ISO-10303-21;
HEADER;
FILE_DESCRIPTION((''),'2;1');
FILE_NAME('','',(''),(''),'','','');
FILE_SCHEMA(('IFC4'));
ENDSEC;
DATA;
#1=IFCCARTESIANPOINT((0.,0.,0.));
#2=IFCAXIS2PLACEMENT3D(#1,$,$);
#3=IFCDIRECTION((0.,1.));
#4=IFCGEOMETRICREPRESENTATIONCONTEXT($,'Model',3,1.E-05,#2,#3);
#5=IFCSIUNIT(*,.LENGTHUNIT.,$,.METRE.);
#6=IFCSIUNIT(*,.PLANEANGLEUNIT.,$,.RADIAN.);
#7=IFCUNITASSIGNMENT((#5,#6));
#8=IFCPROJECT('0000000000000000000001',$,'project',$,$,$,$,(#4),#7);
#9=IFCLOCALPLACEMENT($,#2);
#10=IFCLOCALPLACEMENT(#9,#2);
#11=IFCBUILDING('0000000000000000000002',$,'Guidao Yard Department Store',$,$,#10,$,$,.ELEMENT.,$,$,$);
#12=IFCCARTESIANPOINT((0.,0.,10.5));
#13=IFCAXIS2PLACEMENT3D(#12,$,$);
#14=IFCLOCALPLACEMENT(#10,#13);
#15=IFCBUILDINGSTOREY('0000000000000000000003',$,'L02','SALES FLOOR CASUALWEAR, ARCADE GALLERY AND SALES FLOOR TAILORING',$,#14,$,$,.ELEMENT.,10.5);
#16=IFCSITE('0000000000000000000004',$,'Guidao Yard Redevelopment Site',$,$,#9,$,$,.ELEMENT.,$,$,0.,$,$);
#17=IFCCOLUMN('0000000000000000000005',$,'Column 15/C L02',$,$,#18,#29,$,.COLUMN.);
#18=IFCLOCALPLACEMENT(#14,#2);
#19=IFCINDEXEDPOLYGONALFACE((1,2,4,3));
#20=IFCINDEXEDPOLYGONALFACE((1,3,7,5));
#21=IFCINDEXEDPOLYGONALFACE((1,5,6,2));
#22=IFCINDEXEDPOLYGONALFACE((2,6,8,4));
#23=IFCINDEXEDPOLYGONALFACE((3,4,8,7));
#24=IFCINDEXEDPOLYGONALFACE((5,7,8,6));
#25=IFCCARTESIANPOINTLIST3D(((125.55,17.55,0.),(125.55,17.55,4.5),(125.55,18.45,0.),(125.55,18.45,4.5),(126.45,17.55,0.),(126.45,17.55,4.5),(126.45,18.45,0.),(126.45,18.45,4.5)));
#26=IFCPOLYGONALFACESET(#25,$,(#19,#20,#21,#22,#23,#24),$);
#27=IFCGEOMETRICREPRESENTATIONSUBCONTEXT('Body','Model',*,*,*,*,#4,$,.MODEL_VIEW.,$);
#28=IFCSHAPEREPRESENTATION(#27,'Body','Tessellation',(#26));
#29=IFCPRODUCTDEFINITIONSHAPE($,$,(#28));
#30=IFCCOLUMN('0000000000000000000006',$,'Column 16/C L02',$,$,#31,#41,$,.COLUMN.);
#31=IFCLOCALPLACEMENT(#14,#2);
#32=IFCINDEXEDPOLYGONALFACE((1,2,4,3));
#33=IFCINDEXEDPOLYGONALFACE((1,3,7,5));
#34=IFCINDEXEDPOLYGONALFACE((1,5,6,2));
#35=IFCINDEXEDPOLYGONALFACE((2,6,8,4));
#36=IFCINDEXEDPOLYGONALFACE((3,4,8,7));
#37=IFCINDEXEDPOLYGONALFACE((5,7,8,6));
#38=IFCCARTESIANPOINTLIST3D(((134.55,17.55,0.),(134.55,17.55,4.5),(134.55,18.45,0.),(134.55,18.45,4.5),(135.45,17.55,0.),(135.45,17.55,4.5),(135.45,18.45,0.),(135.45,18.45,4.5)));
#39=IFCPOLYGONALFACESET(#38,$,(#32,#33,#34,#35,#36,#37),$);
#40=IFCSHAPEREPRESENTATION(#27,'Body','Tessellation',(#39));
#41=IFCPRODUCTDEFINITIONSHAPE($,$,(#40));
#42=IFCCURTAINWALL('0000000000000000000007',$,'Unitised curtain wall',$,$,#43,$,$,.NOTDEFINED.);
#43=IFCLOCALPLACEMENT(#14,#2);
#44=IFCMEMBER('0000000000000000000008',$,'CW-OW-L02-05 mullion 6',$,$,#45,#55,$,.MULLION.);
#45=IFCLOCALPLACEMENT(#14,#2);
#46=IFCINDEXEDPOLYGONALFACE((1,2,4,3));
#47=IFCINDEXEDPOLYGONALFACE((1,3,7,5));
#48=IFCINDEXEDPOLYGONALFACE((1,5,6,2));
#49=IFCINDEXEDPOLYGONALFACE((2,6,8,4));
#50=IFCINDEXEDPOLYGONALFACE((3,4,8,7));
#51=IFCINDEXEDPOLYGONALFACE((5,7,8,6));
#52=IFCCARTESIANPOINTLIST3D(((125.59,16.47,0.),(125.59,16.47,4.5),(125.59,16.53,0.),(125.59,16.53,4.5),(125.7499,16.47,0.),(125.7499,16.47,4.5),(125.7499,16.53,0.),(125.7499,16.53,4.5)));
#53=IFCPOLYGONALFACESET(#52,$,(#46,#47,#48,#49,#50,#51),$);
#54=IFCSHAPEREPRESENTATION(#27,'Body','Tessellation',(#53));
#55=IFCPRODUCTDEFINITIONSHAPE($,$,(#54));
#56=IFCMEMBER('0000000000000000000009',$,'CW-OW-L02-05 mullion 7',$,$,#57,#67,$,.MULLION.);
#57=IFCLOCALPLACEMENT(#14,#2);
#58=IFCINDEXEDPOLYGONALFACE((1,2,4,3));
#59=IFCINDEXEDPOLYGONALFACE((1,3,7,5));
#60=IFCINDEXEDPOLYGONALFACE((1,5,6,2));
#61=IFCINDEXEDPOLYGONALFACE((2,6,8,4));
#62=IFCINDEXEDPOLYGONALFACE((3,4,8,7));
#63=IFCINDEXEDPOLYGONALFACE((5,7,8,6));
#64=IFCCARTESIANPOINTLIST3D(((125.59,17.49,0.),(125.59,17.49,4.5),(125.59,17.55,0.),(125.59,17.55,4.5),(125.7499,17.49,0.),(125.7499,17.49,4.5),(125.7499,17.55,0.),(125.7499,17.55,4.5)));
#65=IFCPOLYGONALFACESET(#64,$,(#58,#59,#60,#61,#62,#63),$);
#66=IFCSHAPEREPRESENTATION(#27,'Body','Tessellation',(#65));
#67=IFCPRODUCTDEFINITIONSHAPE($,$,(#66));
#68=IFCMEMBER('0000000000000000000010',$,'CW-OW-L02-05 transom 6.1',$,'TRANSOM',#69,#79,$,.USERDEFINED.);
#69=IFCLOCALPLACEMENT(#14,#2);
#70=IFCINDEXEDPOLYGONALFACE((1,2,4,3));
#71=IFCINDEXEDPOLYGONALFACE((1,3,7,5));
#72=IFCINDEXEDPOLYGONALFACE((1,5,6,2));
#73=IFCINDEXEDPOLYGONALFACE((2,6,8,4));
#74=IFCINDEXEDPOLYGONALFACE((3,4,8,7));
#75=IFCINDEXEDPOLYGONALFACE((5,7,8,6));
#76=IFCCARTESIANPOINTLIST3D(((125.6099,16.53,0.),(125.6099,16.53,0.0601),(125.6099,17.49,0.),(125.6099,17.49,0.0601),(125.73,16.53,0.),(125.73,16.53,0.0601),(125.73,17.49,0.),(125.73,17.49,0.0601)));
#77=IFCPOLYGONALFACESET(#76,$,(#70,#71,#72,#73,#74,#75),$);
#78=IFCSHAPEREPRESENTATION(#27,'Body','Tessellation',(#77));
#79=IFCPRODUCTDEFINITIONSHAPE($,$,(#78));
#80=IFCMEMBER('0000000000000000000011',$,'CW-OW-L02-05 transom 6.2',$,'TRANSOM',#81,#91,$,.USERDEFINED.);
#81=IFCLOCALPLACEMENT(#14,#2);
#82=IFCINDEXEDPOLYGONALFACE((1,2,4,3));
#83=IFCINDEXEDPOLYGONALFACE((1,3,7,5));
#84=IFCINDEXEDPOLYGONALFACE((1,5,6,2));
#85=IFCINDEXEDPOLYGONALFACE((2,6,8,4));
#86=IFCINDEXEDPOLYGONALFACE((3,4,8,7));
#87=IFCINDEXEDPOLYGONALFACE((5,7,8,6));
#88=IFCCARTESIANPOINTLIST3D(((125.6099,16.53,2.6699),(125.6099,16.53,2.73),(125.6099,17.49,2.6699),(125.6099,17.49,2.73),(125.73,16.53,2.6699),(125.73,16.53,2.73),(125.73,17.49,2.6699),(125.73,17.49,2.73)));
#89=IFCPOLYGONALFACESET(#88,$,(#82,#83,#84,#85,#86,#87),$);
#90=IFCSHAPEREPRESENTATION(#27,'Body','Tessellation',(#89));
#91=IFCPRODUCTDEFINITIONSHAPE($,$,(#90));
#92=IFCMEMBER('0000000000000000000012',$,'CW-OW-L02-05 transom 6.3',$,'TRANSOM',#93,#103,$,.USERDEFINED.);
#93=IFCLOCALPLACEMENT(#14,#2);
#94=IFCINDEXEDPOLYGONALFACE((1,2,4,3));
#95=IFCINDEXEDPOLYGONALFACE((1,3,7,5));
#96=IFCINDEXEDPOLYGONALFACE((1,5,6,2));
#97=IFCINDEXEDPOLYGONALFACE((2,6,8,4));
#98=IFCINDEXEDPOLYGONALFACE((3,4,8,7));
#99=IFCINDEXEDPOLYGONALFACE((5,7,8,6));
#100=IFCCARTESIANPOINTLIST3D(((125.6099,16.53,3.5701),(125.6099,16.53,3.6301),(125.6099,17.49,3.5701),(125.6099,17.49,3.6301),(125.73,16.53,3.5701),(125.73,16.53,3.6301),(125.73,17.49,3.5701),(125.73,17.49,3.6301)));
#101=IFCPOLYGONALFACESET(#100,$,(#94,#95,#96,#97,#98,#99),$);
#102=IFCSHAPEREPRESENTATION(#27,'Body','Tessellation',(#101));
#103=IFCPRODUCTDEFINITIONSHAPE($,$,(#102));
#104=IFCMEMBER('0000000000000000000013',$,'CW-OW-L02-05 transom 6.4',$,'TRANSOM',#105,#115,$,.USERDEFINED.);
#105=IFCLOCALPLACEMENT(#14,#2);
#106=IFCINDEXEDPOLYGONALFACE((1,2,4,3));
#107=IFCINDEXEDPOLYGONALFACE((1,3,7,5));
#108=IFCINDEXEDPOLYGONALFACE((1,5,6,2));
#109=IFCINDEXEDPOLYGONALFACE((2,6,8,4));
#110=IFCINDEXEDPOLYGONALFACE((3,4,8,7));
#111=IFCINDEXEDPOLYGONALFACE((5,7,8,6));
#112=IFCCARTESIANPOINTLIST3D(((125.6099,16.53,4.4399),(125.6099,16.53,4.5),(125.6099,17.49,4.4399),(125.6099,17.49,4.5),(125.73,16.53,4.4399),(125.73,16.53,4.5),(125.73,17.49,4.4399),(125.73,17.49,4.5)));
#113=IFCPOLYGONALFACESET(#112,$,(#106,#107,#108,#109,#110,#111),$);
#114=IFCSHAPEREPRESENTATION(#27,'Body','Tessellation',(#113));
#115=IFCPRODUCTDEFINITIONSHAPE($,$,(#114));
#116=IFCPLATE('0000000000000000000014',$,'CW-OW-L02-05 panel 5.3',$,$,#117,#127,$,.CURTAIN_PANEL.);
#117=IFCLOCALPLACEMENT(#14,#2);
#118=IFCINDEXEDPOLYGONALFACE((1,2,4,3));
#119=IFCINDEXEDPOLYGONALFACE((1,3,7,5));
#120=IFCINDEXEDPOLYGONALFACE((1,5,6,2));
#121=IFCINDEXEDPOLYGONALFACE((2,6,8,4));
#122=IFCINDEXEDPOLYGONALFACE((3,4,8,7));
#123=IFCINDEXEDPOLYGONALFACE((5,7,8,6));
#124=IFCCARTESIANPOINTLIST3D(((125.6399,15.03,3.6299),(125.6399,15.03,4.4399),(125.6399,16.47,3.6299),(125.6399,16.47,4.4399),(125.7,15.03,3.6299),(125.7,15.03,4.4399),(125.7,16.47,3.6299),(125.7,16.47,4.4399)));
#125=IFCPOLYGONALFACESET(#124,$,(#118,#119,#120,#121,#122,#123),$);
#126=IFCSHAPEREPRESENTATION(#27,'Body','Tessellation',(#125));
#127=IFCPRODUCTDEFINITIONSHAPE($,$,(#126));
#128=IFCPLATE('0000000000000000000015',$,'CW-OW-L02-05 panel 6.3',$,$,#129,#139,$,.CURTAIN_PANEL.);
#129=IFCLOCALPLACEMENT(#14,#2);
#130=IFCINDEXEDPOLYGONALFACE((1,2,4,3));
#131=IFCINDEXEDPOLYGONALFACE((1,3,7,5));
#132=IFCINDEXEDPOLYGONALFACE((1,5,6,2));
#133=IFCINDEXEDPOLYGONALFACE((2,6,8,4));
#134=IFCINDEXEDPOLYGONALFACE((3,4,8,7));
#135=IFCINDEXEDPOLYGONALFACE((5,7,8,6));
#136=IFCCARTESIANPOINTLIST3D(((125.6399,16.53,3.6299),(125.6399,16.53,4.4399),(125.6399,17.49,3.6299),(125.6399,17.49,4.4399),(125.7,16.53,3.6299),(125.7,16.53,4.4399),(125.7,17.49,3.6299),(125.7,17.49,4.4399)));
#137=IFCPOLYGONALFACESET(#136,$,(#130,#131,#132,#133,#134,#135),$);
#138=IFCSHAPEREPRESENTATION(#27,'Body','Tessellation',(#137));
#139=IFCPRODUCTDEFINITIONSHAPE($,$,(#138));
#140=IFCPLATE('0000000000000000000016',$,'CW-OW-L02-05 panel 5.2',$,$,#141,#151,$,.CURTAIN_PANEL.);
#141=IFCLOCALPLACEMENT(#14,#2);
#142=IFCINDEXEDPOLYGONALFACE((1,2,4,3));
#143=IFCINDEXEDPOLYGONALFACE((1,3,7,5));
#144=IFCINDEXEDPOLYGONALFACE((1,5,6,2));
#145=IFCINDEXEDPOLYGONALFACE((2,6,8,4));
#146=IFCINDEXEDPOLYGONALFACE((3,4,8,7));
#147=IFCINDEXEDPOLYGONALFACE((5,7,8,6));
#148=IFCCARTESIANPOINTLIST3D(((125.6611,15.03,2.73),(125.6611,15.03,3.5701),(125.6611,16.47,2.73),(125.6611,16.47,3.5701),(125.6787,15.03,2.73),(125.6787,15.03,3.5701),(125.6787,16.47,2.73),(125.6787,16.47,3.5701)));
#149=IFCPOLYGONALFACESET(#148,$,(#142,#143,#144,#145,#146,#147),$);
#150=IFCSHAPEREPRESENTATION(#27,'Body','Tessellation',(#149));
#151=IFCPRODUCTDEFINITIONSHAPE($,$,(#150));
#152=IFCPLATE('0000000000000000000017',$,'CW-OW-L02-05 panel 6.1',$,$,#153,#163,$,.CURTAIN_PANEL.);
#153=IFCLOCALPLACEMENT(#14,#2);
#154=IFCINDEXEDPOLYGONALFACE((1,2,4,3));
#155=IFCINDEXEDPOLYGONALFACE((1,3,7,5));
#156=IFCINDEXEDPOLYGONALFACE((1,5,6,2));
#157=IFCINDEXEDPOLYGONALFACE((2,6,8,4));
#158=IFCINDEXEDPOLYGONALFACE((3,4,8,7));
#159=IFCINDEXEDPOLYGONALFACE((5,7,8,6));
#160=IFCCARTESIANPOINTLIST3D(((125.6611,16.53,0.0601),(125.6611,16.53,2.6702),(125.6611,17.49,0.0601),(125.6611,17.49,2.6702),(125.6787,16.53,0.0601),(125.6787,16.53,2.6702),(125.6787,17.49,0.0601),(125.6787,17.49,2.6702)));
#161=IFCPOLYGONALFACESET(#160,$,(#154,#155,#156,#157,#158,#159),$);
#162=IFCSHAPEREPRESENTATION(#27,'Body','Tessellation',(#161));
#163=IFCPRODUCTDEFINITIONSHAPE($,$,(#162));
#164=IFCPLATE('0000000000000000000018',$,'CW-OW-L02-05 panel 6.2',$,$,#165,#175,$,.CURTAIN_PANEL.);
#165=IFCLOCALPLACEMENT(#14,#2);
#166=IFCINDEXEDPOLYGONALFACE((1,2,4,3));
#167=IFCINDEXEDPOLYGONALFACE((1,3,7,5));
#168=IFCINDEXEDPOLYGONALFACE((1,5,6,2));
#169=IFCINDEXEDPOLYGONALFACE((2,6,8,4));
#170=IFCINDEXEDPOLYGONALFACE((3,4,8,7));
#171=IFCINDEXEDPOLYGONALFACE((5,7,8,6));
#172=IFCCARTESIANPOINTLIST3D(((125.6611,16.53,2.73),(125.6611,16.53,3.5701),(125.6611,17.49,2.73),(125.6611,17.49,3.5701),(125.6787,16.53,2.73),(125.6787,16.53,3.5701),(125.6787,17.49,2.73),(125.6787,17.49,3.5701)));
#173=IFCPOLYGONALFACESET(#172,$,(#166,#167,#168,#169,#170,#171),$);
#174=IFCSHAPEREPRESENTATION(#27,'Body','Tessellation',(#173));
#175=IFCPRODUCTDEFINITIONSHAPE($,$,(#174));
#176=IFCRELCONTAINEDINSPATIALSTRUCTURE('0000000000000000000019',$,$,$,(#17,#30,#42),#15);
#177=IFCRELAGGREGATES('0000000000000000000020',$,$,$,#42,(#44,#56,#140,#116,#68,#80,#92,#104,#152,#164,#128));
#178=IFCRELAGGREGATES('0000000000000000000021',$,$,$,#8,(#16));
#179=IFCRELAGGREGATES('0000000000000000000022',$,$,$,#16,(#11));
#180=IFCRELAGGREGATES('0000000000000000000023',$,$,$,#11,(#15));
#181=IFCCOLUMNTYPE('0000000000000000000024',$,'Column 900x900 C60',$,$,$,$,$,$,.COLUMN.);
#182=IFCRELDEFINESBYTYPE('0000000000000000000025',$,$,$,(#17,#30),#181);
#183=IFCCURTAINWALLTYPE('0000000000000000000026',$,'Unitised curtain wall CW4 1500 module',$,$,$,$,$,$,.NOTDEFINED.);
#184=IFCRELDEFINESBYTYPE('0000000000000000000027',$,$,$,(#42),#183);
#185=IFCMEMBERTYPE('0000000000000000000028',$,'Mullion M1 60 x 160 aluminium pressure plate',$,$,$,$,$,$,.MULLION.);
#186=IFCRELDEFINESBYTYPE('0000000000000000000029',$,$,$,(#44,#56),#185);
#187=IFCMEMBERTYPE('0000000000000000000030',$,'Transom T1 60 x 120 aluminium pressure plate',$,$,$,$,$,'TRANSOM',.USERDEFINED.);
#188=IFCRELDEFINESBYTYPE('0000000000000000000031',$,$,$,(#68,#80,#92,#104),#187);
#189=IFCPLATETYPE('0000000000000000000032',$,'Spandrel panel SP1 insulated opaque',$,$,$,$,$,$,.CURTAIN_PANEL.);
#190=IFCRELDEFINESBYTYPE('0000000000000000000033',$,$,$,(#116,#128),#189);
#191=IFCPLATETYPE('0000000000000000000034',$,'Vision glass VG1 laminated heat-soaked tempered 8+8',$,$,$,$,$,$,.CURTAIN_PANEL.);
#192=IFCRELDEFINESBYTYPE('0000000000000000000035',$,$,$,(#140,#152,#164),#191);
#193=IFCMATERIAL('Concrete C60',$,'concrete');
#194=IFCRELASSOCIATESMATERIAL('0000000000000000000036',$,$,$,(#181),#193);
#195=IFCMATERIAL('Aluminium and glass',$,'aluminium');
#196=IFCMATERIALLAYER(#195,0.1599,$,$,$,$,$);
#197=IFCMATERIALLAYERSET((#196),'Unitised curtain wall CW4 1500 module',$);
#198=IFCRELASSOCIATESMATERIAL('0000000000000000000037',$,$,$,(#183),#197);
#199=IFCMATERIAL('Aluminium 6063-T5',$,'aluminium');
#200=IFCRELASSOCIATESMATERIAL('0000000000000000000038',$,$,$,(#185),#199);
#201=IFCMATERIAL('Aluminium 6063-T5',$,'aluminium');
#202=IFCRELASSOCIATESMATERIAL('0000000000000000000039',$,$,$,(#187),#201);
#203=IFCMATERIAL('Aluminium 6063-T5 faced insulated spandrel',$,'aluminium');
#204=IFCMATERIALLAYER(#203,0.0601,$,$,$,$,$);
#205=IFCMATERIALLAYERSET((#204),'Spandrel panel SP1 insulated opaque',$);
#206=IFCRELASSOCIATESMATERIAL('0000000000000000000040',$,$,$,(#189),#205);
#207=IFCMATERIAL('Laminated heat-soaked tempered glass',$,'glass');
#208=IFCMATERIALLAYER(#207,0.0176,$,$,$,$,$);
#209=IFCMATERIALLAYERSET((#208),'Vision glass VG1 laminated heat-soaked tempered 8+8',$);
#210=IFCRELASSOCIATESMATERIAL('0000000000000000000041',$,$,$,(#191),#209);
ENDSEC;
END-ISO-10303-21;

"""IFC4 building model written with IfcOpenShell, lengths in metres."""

from ifc_helpers import new_model, si_unit, direction, frame, origin, origin_2d, place, context, subcontext, project, spatial, rectangle, extrude, material, layer, layer_set, material_profile, profile_set, type_object, element, aggregate, save


model = new_model("IFC4")

# Units and contexts
model_context = context("Model", 3, precision=1e-05, world=origin(), true_north=direction((0.0, 1.0)))
body_context = subcontext(model_context, "Body", "Model", "MODEL_VIEW")
ifc_project = project(units=[si_unit("LENGTHUNIT", "METRE"), si_unit("PLANEANGLEUNIT", "RADIAN")], contexts=[model_context])

# Site, building, storey
site_placement = place(None, origin())
site = spatial("IfcSite", under=ifc_project, at=site_placement, Name="Guidao Yard Redevelopment Site", CompositionType="ELEMENT", RefElevation=0.0)
building_placement = place(site_placement, origin())
building = spatial("IfcBuilding", under=site, at=building_placement, Name="Guidao Yard Department Store", CompositionType="ELEMENT")
storey_placement = place(building_placement, frame((0.0, 0.0, 10.5)))
storey = spatial("IfcBuildingStorey", under=building, at=storey_placement, Name="L02", Description="SALES FLOOR CASUALWEAR, ARCADE GALLERY AND SALES FLOOR TAILORING", CompositionType="ELEMENT", Elevation=10.5)

# Columns
ifc_material_1 = material(Name="Concrete C60", Category="concrete")
ifc_material_profile_1 = material_profile(ifc_material_1, rectangle(XDim=0.8999, YDim=0.8999, at=origin_2d()), Name="COL 900x900")
ifc_profile_set_1 = profile_set([ifc_material_profile_1], Name="Concrete C60")
column_type = type_object("IfcColumnType", Name="Column 900x900 C60", PredefinedType="COLUMN", material=ifc_profile_set_1)
for number, where, z_axis, x_axis, name in (
    (1, (126.0, 18.0, 0.0), (0.0, 0.0, 1.0), (1.0, 0.0, 0.0), "Column 15/C L02"),
    (2, (135.0, 18.0, 0.0), (0.0, 0.0, 1.0), (1.0, 0.0, 0.0), "Column 16/C L02"),
):
    element("IfcColumn", number, at=place(storey_placement, frame(where, z_axis=z_axis, x_axis=x_axis)), inside=storey, type_object=column_type, Name=name, PredefinedType="COLUMN", context=body_context, shape_type="SweptSolid", body=[
        extrude(rectangle(XDim=0.8999, YDim=0.8999, at=origin_2d()), origin(), (0.0, 0.0, 1.0), 4.5),
    ])

# Curtain wall, members, plates
ifc_material_2 = material(Name="Aluminium and glass", Category="aluminium")
ifc_layer_1 = layer(ifc_material_2, 0.1599)
ifc_layer_set_1 = layer_set([ifc_layer_1], Name="Unitised curtain wall CW4 1500 module")
curtain_wall_type = type_object("IfcCurtainWallType", Name="Unitised curtain wall CW4 1500 module", PredefinedType="NOTDEFINED", material=ifc_layer_set_1)
curtain_wall_placement = place(storey_placement, origin())
curtain_wall = element("IfcCurtainWall", 3, at=curtain_wall_placement, inside=storey, type_object=curtain_wall_type, Name="Unitised curtain wall", PredefinedType="NOTDEFINED")
ifc_material_3 = material(Name="Aluminium 6063-T5", Category="aluminium")
ifc_material_profile_2 = material_profile(ifc_material_3, rectangle(XDim=0.0601, YDim=0.1599, at=origin_2d()), Name="Mullion M1 60 x 160 aluminium pressure plate")
ifc_profile_set_2 = profile_set([ifc_material_profile_2], Name="Aluminium 6063-T5")
member_type_1 = type_object("IfcMemberType", Name="Mullion M1 60 x 160 aluminium pressure plate", PredefinedType="MULLION", material=ifc_profile_set_2)
member_1_placement = place(storey_placement, frame((125.6699, 16.5, 0.0), z_axis=(0.0, 0.0, 1.0), x_axis=(0.0, 1.0, 0.0)))
member_1 = element("IfcMember", 4, at=member_1_placement, type_object=member_type_1, Name="CW-OW-L02-05 mullion 6", PredefinedType="MULLION", context=body_context, shape_type="SweptSolid", body=[
    extrude(rectangle(XDim=0.0601, YDim=0.1599, at=origin_2d()), origin(), (0.0, 0.0, 1.0), 4.5),
])
member_2_placement = place(storey_placement, frame((125.6699, 17.52, 0.0), z_axis=(0.0, 0.0, 1.0), x_axis=(0.0, 1.0, 0.0)))
member_2 = element("IfcMember", 5, at=member_2_placement, type_object=member_type_1, Name="CW-OW-L02-05 mullion 7", PredefinedType="MULLION", context=body_context, shape_type="SweptSolid", body=[
    extrude(rectangle(XDim=0.0601, YDim=0.1599, at=origin_2d()), origin(), (0.0, 0.0, 1.0), 4.5),
])
ifc_material_4 = material(Name="Aluminium 6063-T5", Category="aluminium")
ifc_material_profile_3 = material_profile(ifc_material_4, rectangle(XDim=0.1201, YDim=0.0601, at=origin_2d()), Name="Transom T1 60 x 120 aluminium pressure plate")
ifc_profile_set_3 = profile_set([ifc_material_profile_3], Name="Aluminium 6063-T5")
member_type_2 = type_object("IfcMemberType", Name="Transom T1 60 x 120 aluminium pressure plate", ElementType="TRANSOM", PredefinedType="USERDEFINED", material=ifc_profile_set_3)
member_3_placement = place(storey_placement, frame((125.6699, 16.53, 0.03), z_axis=(0.0, 1.0, 0.0), x_axis=(-1.0, 0.0, 0.0)))
member_3 = element("IfcMember", 6, at=member_3_placement, type_object=member_type_2, Name="CW-OW-L02-05 transom 6.1", ObjectType="TRANSOM", PredefinedType="USERDEFINED", context=body_context, shape_type="SweptSolid", body=[
    extrude(rectangle(XDim=0.1201, YDim=0.0601, at=origin_2d()), origin(), (0.0, 0.0, 1.0), 0.96),
])
member_4_placement = place(storey_placement, frame((125.6699, 16.53, 2.7), z_axis=(0.0, 1.0, 0.0), x_axis=(-1.0, 0.0, 0.0)))
member_4 = element("IfcMember", 7, at=member_4_placement, type_object=member_type_2, Name="CW-OW-L02-05 transom 6.2", ObjectType="TRANSOM", PredefinedType="USERDEFINED", context=body_context, shape_type="SweptSolid", body=[
    extrude(rectangle(XDim=0.1201, YDim=0.0601, at=origin_2d()), origin(), (0.0, 0.0, 1.0), 0.96),
])
member_5_placement = place(storey_placement, frame((125.6699, 16.53, 3.6001), z_axis=(0.0, 1.0, 0.0), x_axis=(-1.0, 0.0, 0.0)))
member_5 = element("IfcMember", 8, at=member_5_placement, type_object=member_type_2, Name="CW-OW-L02-05 transom 6.3", ObjectType="TRANSOM", PredefinedType="USERDEFINED", context=body_context, shape_type="SweptSolid", body=[
    extrude(rectangle(XDim=0.1201, YDim=0.0601, at=origin_2d()), origin(), (0.0, 0.0, 1.0), 0.96),
])
member_6_placement = place(storey_placement, frame((125.6699, 16.53, 4.47), z_axis=(0.0, 1.0, 0.0), x_axis=(-1.0, 0.0, 0.0)))
member_6 = element("IfcMember", 9, at=member_6_placement, type_object=member_type_2, Name="CW-OW-L02-05 transom 6.4", ObjectType="TRANSOM", PredefinedType="USERDEFINED", context=body_context, shape_type="SweptSolid", body=[
    extrude(rectangle(XDim=0.1201, YDim=0.0601, at=origin_2d()), origin(), (0.0, 0.0, 1.0), 0.96),
])
ifc_material_5 = material(Name="Aluminium 6063-T5 faced insulated spandrel", Category="aluminium")
ifc_layer_2 = layer(ifc_material_5, 0.0601)
ifc_layer_set_2 = layer_set([ifc_layer_2], Name="Spandrel panel SP1 insulated opaque")
plate_type_1 = type_object("IfcPlateType", Name="Spandrel panel SP1 insulated opaque", PredefinedType="CURTAIN_PANEL", material=ifc_layer_set_2)
plate_1_placement = place(storey_placement, frame((125.6699, 15.75, 3.6299), z_axis=(0.0, 0.0, 1.0), x_axis=(0.0, 1.0, 0.0)))
plate_1 = element("IfcPlate", 10, at=plate_1_placement, type_object=plate_type_1, Name="CW-OW-L02-05 panel 5.3", PredefinedType="CURTAIN_PANEL", context=body_context, shape_type="SweptSolid", body=[
    extrude(rectangle(XDim=1.4399, YDim=0.0601, at=origin_2d()), origin(), (0.0, 0.0, 1.0), 0.8101),
])
plate_2_placement = place(storey_placement, frame((125.6699, 17.01, 3.6299), z_axis=(0.0, 0.0, 1.0), x_axis=(0.0, 1.0, 0.0)))
plate_2 = element("IfcPlate", 11, at=plate_2_placement, type_object=plate_type_1, Name="CW-OW-L02-05 panel 6.3", PredefinedType="CURTAIN_PANEL", context=body_context, shape_type="SweptSolid", body=[
    extrude(rectangle(XDim=0.96, YDim=0.0601, at=origin_2d()), origin(), (0.0, 0.0, 1.0), 0.8101),
])
ifc_material_6 = material(Name="Laminated heat-soaked tempered glass", Category="glass")
ifc_layer_3 = layer(ifc_material_6, 0.0176)
ifc_layer_set_3 = layer_set([ifc_layer_3], Name="Vision glass VG1 laminated heat-soaked tempered 8+8")
plate_type_2 = type_object("IfcPlateType", Name="Vision glass VG1 laminated heat-soaked tempered 8+8", PredefinedType="CURTAIN_PANEL", material=ifc_layer_set_3)
plate_3_placement = place(storey_placement, frame((125.6699, 15.75, 2.73), z_axis=(0.0, 0.0, 1.0), x_axis=(0.0, 1.0, 0.0)))
plate_3 = element("IfcPlate", 12, at=plate_3_placement, type_object=plate_type_2, Name="CW-OW-L02-05 panel 5.2", PredefinedType="CURTAIN_PANEL", context=body_context, shape_type="SweptSolid", body=[
    extrude(rectangle(XDim=1.4399, YDim=0.0176, at=origin_2d()), origin(), (0.0, 0.0, 1.0), 0.8401),
])
plate_4_placement = place(storey_placement, frame((125.6699, 17.01, 0.0601), z_axis=(0.0, 0.0, 1.0), x_axis=(0.0, 1.0, 0.0)))
plate_4 = element("IfcPlate", 13, at=plate_4_placement, type_object=plate_type_2, Name="CW-OW-L02-05 panel 6.1", PredefinedType="CURTAIN_PANEL", context=body_context, shape_type="SweptSolid", body=[
    extrude(rectangle(XDim=0.96, YDim=0.0176, at=origin_2d()), origin(), (0.0, 0.0, 1.0), 2.6101),
])
plate_5_placement = place(storey_placement, frame((125.6699, 17.01, 2.73), z_axis=(0.0, 0.0, 1.0), x_axis=(0.0, 1.0, 0.0)))
plate_5 = element("IfcPlate", 14, at=plate_5_placement, type_object=plate_type_2, Name="CW-OW-L02-05 panel 6.2", PredefinedType="CURTAIN_PANEL", context=body_context, shape_type="SweptSolid", body=[
    extrude(rectangle(XDim=0.96, YDim=0.0176, at=origin_2d()), origin(), (0.0, 0.0, 1.0), 0.8401),
])
aggregate(curtain_wall, [member_1, member_2, plate_3, plate_1, member_3, member_4, member_5, member_6, plate_4, plate_5, plate_2])

save(model, "model.ifc")
